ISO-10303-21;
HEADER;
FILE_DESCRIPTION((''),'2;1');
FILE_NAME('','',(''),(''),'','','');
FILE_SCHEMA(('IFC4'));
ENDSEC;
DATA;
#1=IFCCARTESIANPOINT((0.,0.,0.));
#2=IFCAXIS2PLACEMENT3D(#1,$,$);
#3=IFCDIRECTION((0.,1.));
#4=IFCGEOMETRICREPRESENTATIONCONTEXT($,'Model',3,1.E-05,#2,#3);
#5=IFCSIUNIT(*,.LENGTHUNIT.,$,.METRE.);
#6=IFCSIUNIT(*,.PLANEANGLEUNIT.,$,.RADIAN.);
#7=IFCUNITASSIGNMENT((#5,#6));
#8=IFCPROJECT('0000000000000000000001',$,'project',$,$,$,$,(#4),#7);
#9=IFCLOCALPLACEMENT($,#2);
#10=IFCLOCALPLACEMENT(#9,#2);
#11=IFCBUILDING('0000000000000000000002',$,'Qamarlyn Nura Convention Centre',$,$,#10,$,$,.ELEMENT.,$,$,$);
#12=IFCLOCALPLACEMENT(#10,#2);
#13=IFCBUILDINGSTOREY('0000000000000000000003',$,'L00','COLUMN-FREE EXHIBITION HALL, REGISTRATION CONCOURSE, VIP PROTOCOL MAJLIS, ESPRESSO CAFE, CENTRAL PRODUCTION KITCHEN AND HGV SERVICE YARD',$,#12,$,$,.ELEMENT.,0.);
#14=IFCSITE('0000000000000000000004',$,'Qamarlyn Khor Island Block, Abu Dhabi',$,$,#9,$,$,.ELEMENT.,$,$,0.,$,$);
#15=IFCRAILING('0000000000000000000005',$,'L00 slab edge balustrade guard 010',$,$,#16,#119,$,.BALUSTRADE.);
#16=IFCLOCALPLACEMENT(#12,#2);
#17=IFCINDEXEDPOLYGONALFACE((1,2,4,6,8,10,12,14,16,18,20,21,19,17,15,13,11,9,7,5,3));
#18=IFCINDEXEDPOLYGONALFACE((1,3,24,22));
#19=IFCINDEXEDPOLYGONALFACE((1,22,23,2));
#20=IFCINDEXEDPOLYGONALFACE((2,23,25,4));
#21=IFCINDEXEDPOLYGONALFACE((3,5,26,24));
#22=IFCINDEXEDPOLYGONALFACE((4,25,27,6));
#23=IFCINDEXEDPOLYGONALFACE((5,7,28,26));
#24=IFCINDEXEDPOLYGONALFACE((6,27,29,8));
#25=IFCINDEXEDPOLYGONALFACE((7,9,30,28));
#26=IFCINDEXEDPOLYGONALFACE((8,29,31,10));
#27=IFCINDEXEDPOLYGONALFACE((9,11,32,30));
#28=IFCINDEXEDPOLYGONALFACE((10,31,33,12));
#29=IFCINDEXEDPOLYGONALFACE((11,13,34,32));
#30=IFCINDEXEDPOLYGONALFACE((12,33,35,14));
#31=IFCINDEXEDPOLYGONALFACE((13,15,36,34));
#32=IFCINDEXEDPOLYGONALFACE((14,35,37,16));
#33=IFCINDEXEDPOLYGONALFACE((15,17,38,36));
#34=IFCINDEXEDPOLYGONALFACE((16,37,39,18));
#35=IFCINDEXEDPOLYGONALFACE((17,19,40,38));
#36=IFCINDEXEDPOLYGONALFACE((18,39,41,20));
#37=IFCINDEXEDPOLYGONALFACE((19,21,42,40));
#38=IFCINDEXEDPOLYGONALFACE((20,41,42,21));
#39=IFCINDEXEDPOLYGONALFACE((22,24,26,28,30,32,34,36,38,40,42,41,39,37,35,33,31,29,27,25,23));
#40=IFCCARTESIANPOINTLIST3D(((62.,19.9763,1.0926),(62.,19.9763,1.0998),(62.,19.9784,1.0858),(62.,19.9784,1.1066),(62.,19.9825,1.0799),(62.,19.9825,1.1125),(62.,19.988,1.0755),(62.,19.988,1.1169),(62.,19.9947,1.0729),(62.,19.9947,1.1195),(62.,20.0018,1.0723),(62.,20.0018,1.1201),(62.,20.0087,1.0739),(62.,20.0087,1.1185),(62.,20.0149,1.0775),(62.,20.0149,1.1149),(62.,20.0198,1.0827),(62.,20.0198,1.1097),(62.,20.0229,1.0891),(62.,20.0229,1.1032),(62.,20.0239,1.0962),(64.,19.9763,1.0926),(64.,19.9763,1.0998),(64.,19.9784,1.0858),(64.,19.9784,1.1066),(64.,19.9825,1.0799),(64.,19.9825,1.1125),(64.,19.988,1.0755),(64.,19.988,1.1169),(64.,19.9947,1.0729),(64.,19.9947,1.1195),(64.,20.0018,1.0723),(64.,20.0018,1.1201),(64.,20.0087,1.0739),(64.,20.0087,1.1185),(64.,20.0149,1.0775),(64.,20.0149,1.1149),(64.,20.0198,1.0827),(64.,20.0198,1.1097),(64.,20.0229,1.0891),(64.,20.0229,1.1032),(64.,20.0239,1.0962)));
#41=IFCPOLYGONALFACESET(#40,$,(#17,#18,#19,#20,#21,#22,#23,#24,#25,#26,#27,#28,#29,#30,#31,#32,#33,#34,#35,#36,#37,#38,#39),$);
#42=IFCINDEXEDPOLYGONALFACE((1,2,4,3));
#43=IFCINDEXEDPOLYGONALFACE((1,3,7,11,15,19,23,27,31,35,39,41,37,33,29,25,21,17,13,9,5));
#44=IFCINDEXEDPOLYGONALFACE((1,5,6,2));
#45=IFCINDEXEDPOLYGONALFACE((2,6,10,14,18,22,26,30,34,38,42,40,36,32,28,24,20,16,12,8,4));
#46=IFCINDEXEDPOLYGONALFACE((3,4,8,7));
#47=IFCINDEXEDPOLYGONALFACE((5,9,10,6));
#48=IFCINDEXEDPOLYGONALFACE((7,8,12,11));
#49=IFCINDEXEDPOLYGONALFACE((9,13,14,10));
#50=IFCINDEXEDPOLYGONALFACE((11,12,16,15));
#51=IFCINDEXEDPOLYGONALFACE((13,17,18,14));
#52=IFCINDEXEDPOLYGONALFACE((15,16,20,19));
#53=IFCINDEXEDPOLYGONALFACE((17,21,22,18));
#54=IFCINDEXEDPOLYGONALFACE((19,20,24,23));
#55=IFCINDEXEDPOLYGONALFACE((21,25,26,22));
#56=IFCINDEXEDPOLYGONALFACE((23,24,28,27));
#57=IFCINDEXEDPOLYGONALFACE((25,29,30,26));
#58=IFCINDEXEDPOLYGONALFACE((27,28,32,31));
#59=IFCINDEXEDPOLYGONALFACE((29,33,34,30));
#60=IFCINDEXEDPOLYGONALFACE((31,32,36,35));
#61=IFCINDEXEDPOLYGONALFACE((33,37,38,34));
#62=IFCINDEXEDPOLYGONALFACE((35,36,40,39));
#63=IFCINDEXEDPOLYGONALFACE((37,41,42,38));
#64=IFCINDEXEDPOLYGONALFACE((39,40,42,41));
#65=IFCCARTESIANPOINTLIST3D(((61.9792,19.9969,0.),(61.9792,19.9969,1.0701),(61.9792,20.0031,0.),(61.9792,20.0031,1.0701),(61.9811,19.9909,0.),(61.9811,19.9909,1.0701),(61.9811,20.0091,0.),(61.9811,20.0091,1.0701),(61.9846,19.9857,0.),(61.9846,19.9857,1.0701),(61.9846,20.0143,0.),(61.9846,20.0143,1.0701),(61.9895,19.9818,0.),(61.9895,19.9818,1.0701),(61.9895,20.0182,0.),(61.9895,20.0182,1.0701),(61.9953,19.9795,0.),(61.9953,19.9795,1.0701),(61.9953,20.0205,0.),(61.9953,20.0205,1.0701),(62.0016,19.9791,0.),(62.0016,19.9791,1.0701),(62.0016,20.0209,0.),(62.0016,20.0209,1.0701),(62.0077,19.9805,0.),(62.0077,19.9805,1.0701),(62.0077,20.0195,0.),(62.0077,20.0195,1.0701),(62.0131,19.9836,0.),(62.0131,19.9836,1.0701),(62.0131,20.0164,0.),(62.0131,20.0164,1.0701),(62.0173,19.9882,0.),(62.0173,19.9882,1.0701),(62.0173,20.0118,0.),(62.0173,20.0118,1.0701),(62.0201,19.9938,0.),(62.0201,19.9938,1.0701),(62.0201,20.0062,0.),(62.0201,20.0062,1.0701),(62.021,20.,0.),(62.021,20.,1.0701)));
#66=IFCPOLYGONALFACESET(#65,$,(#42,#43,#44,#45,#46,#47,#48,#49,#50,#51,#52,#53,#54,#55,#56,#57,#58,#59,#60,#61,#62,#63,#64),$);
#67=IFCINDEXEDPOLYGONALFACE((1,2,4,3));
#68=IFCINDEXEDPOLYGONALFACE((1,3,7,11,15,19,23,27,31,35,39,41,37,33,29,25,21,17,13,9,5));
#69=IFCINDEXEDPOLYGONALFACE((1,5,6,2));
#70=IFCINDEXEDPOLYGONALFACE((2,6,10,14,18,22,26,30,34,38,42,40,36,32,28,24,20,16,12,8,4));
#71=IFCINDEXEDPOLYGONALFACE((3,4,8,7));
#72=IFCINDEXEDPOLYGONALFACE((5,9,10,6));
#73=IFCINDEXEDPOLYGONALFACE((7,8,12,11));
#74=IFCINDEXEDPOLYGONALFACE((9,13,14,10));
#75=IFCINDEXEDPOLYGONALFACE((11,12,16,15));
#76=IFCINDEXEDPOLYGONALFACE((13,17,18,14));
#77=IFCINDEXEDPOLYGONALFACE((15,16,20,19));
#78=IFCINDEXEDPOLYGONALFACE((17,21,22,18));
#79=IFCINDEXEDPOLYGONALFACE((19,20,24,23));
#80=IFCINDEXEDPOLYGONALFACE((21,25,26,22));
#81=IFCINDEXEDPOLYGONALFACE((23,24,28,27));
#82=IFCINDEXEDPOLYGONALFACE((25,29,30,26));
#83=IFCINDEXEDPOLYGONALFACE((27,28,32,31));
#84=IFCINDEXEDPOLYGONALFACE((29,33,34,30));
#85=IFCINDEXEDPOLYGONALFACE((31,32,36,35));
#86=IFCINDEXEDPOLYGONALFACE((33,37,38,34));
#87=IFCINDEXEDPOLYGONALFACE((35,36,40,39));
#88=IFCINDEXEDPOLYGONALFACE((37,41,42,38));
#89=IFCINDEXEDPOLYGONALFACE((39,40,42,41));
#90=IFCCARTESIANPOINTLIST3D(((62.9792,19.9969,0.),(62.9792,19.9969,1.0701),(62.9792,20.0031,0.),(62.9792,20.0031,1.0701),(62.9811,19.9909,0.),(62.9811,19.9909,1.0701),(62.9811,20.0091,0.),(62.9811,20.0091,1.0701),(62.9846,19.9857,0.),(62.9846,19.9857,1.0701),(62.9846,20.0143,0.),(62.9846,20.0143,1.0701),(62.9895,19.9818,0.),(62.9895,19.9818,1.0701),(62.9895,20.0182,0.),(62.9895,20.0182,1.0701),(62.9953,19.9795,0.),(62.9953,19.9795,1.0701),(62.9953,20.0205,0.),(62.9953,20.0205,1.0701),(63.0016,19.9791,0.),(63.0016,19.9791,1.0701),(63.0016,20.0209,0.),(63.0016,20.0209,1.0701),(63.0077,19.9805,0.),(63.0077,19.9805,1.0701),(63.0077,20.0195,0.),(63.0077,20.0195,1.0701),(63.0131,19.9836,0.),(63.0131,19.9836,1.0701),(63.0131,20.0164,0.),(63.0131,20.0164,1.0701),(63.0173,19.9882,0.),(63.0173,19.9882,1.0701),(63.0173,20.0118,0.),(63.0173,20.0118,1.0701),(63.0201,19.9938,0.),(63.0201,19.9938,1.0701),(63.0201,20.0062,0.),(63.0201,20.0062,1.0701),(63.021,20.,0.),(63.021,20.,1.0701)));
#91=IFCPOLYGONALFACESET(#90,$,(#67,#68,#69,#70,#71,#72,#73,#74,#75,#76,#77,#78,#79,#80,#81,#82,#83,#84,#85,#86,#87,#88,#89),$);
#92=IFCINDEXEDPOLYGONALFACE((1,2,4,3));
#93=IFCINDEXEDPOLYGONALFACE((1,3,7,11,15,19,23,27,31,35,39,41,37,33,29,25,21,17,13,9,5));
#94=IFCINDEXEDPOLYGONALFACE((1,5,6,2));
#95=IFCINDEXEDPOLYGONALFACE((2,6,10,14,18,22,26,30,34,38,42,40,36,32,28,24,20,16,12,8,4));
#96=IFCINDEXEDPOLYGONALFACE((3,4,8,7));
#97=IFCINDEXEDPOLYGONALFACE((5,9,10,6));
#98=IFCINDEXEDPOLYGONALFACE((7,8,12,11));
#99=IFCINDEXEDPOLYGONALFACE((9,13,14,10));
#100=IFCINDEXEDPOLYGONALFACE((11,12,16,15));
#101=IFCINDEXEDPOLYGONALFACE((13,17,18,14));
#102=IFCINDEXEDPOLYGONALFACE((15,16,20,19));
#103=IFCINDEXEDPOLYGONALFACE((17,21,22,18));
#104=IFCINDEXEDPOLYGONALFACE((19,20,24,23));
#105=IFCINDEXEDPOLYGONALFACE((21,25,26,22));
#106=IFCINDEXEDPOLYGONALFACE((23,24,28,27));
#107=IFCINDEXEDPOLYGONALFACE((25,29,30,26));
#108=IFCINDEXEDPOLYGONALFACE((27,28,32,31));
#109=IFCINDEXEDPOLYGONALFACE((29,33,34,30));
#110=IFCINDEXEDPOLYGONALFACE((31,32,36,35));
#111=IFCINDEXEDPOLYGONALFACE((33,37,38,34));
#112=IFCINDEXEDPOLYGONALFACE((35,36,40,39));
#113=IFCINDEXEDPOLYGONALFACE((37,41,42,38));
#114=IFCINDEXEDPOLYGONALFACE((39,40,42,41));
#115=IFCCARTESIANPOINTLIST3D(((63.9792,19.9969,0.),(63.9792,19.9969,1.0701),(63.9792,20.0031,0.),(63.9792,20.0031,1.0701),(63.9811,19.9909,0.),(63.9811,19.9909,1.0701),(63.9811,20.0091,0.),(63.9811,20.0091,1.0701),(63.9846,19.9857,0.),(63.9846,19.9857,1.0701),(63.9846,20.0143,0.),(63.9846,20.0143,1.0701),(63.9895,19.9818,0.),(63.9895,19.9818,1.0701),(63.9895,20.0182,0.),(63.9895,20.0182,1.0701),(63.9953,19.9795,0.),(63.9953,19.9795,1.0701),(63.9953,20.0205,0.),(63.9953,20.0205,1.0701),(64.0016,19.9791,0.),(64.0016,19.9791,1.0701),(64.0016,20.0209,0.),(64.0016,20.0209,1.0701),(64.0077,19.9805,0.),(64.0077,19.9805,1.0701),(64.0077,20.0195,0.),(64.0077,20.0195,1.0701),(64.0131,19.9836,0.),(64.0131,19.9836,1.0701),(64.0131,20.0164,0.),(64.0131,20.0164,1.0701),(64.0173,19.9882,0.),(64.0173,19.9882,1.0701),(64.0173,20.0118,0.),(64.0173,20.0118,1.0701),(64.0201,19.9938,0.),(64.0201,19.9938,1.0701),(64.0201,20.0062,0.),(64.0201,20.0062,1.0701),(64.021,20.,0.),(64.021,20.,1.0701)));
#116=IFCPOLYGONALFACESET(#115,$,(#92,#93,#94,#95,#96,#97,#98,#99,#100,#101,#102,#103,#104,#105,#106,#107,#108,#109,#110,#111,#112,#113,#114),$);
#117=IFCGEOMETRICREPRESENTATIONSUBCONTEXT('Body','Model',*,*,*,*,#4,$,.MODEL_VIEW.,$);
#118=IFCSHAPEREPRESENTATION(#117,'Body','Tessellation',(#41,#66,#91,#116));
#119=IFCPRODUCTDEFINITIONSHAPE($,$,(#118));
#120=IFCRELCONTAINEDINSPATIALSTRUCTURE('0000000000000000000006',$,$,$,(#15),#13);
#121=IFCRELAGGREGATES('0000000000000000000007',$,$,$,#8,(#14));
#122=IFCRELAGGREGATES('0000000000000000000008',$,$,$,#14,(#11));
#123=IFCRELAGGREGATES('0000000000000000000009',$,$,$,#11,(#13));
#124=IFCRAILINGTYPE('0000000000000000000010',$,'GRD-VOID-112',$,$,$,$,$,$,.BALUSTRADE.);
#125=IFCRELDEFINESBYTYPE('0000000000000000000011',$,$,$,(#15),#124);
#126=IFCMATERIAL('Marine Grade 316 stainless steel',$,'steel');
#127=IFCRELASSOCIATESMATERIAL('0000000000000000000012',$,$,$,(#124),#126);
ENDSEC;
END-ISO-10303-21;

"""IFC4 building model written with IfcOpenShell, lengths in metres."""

from ifc_helpers import new_model, si_unit, direction, frame, origin, origin_2d, place, context, subcontext, project, spatial, circle, extrude, material, type_object, element, save


model = new_model("IFC4")

# Units and contexts
model_context = context("Model", 3, precision=1e-05, world=origin(), true_north=direction((0.0, 1.0)))
body_context = subcontext(model_context, "Body", "Model", "MODEL_VIEW")
ifc_project = project(units=[si_unit("LENGTHUNIT", "METRE"), si_unit("PLANEANGLEUNIT", "RADIAN")], contexts=[model_context])

# Site, building, storey
site_placement = place(None, origin())
site = spatial("IfcSite", under=ifc_project, at=site_placement, Name="Qamarlyn Khor Island Block, Abu Dhabi", CompositionType="ELEMENT", RefElevation=0.0)
building_placement = place(site_placement, origin())
building = spatial("IfcBuilding", under=site, at=building_placement, Name="Qamarlyn Nura Convention Centre", CompositionType="ELEMENT")
storey_placement = place(building_placement, origin())
storey = spatial("IfcBuildingStorey", under=building, at=storey_placement, Name="L00", Description="COLUMN-FREE EXHIBITION HALL, REGISTRATION CONCOURSE, VIP PROTOCOL MAJLIS, ESPRESSO CAFE, CENTRAL PRODUCTION KITCHEN AND HGV SERVICE YARD", CompositionType="ELEMENT", Elevation=0.0)

# Railing
ifc_material_1 = material(Name="Marine Grade 316 stainless steel", Category="steel")
railing_type_1 = type_object("IfcRailingType", Name="GRD-VOID-112", PredefinedType="BALUSTRADE", material=ifc_material_1)
railing_1_placement = place(storey_placement, frame((62.0, 20.0, 0.0)))
element("IfcRailing", 1, at=railing_1_placement, inside=storey, type_object=railing_type_1, Name="L00 slab edge balustrade guard 010", PredefinedType="BALUSTRADE", context=body_context, shape_type="SweptSolid", body=[
    extrude(circle(Radius=0.0239, at=origin_2d()), frame((0.0, 0.0, 1.0962), z_axis=(1.0, 0.0, 0.0), x_axis=(0.0, 1.0, 0.0)), (0.0, 0.0, 1.0), 2.0),
    extrude(circle(Radius=0.021, at=origin_2d()), origin(), (0.0, 0.0, 1.0), 1.0701),
    extrude(circle(Radius=0.021, at=origin_2d()), frame((1.0, 0.0, 0.0)), (0.0, 0.0, 1.0), 1.0701),
    extrude(circle(Radius=0.021, at=origin_2d()), frame((2.0, 0.0, 0.0)), (0.0, 0.0, 1.0), 1.0701),
])

save(model, "model.ifc")
